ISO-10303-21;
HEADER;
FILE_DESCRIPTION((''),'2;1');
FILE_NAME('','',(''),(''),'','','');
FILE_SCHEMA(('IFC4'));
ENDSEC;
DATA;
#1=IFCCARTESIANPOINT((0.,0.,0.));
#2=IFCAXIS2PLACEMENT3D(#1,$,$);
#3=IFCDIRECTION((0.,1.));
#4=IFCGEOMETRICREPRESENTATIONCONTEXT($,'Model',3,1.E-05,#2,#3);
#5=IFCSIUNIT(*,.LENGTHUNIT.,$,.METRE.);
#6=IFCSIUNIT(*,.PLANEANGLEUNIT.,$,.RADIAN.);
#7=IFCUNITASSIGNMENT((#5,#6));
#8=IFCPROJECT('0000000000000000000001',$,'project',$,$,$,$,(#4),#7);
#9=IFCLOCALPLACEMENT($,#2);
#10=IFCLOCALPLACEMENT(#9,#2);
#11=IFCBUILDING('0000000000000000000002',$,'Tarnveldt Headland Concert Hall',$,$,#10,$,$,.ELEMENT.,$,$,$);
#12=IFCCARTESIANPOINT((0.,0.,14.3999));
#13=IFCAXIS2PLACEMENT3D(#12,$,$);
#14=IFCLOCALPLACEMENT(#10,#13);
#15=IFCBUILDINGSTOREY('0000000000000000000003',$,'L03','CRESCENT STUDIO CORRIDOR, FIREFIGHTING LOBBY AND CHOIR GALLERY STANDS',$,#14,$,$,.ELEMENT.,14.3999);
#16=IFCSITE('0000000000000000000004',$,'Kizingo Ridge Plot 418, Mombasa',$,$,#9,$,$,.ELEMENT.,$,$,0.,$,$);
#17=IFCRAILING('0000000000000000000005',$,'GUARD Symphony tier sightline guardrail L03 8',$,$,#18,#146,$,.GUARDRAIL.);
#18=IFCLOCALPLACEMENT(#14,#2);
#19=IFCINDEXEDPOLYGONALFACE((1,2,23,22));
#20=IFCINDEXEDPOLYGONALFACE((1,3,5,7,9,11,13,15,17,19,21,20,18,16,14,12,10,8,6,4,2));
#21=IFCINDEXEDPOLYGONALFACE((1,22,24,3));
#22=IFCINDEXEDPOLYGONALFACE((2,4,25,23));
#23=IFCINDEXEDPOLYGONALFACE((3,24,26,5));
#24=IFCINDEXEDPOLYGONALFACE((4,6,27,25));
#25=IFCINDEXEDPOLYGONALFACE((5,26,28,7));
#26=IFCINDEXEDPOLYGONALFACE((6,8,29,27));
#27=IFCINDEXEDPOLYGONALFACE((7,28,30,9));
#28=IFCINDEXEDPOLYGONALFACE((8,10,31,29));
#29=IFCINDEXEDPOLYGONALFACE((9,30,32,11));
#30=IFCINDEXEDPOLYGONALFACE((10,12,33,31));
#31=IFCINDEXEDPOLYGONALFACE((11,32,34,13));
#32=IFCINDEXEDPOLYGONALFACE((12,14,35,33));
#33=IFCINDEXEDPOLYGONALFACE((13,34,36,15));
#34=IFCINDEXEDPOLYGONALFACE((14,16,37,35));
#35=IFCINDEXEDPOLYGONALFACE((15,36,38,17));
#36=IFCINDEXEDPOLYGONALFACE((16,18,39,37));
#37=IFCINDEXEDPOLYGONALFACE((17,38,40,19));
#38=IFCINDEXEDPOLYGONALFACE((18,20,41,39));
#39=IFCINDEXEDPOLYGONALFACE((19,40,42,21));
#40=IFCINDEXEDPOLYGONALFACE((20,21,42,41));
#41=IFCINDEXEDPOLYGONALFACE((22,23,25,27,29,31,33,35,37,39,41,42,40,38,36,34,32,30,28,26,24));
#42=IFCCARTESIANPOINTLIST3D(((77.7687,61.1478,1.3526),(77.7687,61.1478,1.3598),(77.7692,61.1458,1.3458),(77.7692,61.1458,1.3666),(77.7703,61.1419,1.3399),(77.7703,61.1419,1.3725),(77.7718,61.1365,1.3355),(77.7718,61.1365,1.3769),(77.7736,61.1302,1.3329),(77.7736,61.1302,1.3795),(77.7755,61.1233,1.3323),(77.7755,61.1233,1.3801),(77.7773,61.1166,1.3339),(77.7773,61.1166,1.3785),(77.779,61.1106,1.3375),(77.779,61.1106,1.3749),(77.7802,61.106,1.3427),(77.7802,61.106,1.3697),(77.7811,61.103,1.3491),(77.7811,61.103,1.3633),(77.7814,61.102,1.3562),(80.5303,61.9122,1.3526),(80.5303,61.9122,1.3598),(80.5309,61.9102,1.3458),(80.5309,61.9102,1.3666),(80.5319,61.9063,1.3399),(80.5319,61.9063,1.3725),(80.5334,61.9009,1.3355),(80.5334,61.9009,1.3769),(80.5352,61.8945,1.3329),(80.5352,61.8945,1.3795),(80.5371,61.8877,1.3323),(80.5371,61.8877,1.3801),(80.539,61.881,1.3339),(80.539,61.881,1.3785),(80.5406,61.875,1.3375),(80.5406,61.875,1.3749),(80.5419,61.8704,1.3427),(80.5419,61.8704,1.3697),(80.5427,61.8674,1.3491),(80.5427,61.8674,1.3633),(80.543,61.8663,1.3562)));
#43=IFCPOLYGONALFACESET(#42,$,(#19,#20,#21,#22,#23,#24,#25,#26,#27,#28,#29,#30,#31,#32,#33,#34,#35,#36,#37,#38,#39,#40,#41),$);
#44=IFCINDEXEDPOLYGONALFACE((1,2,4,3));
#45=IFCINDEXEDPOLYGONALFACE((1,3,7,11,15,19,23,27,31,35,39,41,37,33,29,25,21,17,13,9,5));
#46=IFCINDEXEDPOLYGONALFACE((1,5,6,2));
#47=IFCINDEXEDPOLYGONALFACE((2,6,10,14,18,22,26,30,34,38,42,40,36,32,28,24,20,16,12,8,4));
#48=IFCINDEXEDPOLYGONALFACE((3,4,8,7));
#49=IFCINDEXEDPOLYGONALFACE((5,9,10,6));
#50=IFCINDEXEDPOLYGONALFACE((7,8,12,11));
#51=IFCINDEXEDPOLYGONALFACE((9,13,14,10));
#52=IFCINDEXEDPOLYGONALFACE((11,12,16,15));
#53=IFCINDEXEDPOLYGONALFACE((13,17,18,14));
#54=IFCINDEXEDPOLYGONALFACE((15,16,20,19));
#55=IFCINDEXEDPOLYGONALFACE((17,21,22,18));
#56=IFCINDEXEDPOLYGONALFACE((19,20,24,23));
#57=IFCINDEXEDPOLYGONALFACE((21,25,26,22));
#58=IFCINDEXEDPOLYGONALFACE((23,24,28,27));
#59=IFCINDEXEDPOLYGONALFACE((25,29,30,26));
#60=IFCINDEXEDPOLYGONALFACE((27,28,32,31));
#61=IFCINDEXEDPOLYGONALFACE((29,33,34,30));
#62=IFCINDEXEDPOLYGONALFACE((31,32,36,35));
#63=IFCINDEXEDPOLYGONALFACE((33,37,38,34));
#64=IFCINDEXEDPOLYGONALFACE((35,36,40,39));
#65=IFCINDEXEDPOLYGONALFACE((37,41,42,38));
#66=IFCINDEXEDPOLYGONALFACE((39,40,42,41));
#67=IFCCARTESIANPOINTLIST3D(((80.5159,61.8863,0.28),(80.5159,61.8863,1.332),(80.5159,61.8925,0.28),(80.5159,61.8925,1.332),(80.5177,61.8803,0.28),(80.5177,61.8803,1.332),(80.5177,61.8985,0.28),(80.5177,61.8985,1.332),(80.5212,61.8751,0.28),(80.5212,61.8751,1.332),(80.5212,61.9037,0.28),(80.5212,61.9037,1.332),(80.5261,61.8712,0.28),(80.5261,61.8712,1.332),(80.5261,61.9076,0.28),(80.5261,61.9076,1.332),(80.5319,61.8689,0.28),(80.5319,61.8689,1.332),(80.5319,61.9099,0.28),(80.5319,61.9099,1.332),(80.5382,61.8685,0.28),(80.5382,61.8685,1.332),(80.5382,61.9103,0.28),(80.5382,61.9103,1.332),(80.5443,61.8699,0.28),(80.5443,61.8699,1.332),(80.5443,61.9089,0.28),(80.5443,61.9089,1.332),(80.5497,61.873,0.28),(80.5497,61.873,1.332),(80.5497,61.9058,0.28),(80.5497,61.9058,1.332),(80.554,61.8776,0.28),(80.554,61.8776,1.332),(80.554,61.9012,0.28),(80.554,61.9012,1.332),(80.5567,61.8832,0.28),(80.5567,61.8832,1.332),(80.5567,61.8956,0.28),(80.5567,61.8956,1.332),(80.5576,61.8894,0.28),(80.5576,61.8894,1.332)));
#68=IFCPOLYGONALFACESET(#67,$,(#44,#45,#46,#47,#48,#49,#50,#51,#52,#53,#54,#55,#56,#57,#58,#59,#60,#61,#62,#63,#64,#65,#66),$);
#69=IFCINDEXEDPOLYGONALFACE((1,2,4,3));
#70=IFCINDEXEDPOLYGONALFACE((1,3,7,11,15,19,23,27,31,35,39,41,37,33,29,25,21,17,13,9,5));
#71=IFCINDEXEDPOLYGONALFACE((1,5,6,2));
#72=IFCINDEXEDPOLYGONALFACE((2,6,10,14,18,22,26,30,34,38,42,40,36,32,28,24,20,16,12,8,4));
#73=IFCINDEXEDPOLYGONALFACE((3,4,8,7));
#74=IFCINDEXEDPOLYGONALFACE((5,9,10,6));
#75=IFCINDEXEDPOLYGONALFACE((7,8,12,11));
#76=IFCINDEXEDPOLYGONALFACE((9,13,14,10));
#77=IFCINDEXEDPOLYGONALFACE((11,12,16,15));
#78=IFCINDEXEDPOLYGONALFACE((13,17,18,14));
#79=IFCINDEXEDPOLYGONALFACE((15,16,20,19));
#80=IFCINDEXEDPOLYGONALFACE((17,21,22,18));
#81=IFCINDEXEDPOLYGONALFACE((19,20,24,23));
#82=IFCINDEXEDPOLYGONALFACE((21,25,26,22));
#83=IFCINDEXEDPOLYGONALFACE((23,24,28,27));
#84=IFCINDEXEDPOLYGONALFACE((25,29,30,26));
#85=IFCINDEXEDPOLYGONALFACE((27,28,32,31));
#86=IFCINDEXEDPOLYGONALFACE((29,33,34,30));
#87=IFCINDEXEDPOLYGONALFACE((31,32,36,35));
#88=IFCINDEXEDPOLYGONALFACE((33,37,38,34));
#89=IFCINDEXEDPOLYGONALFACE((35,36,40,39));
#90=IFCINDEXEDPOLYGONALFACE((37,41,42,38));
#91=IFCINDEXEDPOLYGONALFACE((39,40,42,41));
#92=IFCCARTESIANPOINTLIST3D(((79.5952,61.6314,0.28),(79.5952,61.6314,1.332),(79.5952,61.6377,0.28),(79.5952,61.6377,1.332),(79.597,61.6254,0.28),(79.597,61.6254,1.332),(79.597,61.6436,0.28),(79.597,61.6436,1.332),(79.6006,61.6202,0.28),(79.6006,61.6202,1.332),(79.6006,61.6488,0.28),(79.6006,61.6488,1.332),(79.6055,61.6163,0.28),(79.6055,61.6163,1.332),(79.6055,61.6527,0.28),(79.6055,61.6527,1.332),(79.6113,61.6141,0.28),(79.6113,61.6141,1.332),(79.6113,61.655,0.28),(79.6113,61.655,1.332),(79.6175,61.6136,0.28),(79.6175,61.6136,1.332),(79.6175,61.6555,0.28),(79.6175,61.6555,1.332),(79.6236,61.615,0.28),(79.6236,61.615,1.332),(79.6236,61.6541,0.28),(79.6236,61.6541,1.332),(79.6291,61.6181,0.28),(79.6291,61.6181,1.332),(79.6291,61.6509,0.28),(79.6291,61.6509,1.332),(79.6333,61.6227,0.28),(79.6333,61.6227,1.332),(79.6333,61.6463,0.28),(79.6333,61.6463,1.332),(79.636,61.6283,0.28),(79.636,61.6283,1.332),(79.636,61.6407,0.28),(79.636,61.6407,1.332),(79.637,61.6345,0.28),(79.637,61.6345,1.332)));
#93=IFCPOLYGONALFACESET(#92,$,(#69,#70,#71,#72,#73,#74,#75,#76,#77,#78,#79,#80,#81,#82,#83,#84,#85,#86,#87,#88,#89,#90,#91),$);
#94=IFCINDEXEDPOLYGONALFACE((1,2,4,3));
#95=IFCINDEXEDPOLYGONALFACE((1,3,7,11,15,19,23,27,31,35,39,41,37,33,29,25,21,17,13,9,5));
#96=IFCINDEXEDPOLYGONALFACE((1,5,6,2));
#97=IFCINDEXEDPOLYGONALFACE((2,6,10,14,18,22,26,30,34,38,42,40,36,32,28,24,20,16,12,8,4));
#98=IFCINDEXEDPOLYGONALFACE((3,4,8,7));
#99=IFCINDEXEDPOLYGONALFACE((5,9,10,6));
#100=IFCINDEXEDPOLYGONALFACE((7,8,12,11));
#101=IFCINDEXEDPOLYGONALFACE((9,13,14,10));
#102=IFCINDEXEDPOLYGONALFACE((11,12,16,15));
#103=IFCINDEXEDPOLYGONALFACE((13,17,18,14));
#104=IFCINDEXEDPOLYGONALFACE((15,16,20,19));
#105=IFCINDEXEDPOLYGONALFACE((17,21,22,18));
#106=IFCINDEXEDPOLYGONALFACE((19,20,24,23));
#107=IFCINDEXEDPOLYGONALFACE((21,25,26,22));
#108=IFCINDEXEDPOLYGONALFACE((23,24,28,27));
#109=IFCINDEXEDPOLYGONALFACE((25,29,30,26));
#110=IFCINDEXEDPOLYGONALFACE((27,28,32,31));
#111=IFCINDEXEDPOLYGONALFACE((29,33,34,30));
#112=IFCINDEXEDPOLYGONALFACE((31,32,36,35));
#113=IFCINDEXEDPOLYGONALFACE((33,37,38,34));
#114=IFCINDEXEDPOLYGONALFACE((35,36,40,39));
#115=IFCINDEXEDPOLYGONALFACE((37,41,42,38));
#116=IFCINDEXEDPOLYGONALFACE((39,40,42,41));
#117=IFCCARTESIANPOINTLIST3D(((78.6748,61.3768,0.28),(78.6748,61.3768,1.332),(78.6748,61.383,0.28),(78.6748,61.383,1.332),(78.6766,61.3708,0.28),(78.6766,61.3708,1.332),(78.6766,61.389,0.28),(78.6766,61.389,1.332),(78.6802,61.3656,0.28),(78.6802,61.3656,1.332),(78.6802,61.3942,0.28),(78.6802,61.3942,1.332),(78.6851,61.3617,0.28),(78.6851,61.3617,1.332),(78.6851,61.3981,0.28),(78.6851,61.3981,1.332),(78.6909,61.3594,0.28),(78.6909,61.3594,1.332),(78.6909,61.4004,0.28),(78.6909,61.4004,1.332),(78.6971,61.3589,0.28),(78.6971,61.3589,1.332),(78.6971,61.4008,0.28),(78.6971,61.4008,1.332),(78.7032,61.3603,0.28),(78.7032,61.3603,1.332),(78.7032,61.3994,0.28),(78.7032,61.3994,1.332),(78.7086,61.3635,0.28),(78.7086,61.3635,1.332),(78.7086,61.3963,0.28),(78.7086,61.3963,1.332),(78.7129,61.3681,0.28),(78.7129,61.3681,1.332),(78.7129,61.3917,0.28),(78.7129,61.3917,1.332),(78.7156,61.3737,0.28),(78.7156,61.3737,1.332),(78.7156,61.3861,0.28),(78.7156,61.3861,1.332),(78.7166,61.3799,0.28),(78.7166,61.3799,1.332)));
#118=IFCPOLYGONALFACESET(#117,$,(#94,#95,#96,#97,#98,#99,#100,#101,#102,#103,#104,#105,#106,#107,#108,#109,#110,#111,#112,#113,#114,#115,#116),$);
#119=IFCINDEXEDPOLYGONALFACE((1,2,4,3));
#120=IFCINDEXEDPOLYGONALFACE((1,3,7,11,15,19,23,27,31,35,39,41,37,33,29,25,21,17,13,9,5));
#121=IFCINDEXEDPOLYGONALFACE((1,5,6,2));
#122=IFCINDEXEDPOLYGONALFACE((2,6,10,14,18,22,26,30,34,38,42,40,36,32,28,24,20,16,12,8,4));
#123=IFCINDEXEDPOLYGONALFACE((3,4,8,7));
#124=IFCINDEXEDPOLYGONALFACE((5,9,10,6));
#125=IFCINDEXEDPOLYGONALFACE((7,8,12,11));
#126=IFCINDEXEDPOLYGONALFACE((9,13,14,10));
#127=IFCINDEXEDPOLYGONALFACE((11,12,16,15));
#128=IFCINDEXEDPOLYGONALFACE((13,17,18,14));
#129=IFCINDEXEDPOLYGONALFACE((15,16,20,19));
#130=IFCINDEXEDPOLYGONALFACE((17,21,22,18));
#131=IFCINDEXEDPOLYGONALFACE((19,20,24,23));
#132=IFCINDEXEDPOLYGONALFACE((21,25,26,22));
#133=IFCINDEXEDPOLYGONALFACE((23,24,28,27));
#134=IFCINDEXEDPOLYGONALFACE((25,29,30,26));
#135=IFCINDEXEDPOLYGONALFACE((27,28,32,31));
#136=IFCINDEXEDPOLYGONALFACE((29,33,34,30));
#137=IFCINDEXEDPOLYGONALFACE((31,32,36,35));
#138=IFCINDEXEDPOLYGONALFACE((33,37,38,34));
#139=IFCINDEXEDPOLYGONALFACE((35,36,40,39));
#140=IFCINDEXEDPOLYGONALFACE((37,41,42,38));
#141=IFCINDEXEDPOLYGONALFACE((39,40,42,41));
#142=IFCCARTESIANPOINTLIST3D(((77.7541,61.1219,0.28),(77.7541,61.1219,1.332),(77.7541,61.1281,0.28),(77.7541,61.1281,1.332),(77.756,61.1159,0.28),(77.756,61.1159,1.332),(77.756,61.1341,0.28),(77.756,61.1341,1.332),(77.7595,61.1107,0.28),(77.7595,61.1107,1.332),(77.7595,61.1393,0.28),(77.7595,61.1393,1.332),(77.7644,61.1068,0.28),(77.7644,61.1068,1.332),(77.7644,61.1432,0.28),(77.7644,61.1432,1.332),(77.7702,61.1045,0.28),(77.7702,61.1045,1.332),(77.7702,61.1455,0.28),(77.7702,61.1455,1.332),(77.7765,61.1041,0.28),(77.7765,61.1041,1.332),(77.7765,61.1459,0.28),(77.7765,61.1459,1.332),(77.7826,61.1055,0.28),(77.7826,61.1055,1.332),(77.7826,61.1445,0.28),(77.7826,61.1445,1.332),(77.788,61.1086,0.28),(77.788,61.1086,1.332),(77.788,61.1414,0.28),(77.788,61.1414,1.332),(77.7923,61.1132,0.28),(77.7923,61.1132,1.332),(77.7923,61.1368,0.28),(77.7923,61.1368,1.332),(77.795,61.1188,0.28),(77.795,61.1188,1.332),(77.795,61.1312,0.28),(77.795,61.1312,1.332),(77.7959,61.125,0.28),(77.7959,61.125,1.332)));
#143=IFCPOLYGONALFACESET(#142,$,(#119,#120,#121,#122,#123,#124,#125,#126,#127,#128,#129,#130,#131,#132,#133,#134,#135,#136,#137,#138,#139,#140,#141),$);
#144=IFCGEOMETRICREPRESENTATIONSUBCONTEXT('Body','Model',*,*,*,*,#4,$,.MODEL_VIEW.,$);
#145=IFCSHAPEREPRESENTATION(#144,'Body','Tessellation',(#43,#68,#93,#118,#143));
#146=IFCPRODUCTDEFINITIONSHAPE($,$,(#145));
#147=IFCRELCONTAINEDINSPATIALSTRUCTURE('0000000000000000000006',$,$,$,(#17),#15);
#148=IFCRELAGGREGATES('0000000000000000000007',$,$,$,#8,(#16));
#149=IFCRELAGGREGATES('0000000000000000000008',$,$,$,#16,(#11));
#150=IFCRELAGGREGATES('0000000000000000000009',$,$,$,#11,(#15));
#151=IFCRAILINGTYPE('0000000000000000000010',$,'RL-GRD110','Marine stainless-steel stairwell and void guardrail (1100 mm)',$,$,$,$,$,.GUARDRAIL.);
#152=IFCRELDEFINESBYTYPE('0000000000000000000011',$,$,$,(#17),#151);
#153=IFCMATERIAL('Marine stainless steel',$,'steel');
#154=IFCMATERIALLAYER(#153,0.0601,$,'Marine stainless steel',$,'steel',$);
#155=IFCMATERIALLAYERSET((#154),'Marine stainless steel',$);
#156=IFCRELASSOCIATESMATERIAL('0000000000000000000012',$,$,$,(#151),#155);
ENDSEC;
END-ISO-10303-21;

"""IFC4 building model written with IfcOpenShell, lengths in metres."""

from ifc_helpers import new_model, si_unit, direction, frame, origin, origin_2d, place, context, subcontext, project, spatial, circle, extrude, material, layer, layer_set, type_object, element, save


model = new_model("IFC4")

# Units and contexts
model_context = context("Model", 3, precision=1e-05, world=origin(), true_north=direction((0.0, 1.0)))
body_context = subcontext(model_context, "Body", "Model", "MODEL_VIEW")
ifc_project = project(units=[si_unit("LENGTHUNIT", "METRE"), si_unit("PLANEANGLEUNIT", "RADIAN")], contexts=[model_context])

# Site, building, storey
site_placement = place(None, origin())
site = spatial("IfcSite", under=ifc_project, at=site_placement, Name="Kizingo Ridge Plot 418, Mombasa", CompositionType="ELEMENT", RefElevation=0.0)
building_placement = place(site_placement, origin())
building = spatial("IfcBuilding", under=site, at=building_placement, Name="Tarnveldt Headland Concert Hall", CompositionType="ELEMENT")
storey_placement = place(building_placement, frame((0.0, 0.0, 14.3999)))
storey = spatial("IfcBuildingStorey", under=building, at=storey_placement, Name="L03", Description="CRESCENT STUDIO CORRIDOR, FIREFIGHTING LOBBY AND CHOIR GALLERY STANDS", CompositionType="ELEMENT", Elevation=14.3999)

# Railing
ifc_material_1 = material(Name="Marine stainless steel", Category="steel")
ifc_layer = layer(ifc_material_1, 0.0601, Name="Marine stainless steel", Category="steel")
ifc_layer_set = layer_set([ifc_layer], Name="Marine stainless steel")
railing_type = type_object("IfcRailingType", Name="RL-GRD110", Description="Marine stainless-steel stairwell and void guardrail (1100 mm)", PredefinedType="GUARDRAIL", material=ifc_layer_set)
railing_1_placement = place(storey_placement, frame((80.5366, 61.8894, 0.28)))
element("IfcRailing", 1, at=railing_1_placement, inside=storey, type_object=railing_type, Name="GUARD Symphony tier sightline guardrail L03 8", PredefinedType="GUARDRAIL", context=body_context, shape_type="SweptSolid", body=[
    extrude(circle(Radius=0.0239, at=origin_2d()), frame((0.0, 0.0, 1.0762), z_axis=(-0.963764, -0.266756, 0.0), x_axis=(0.266756, -0.963764, 0.0)), (0.0, 0.0, 1.0), 2.8655),
    extrude(circle(Radius=0.021, at=origin_2d()), origin(), (0.0, 0.0, 1.0), 1.052),
    extrude(circle(Radius=0.021, at=origin_2d()), frame((-0.9207, -0.2549, 0.0)), (0.0, 0.0, 1.0), 1.052),
    extrude(circle(Radius=0.021, at=origin_2d()), frame((-1.8411, -0.5095, 0.0)), (0.0, 0.0, 1.0), 1.052),
    extrude(circle(Radius=0.021, at=origin_2d()), frame((-2.7617, -0.7644, 0.0)), (0.0, 0.0, 1.0), 1.052),
])

save(model, "model.ifc")
